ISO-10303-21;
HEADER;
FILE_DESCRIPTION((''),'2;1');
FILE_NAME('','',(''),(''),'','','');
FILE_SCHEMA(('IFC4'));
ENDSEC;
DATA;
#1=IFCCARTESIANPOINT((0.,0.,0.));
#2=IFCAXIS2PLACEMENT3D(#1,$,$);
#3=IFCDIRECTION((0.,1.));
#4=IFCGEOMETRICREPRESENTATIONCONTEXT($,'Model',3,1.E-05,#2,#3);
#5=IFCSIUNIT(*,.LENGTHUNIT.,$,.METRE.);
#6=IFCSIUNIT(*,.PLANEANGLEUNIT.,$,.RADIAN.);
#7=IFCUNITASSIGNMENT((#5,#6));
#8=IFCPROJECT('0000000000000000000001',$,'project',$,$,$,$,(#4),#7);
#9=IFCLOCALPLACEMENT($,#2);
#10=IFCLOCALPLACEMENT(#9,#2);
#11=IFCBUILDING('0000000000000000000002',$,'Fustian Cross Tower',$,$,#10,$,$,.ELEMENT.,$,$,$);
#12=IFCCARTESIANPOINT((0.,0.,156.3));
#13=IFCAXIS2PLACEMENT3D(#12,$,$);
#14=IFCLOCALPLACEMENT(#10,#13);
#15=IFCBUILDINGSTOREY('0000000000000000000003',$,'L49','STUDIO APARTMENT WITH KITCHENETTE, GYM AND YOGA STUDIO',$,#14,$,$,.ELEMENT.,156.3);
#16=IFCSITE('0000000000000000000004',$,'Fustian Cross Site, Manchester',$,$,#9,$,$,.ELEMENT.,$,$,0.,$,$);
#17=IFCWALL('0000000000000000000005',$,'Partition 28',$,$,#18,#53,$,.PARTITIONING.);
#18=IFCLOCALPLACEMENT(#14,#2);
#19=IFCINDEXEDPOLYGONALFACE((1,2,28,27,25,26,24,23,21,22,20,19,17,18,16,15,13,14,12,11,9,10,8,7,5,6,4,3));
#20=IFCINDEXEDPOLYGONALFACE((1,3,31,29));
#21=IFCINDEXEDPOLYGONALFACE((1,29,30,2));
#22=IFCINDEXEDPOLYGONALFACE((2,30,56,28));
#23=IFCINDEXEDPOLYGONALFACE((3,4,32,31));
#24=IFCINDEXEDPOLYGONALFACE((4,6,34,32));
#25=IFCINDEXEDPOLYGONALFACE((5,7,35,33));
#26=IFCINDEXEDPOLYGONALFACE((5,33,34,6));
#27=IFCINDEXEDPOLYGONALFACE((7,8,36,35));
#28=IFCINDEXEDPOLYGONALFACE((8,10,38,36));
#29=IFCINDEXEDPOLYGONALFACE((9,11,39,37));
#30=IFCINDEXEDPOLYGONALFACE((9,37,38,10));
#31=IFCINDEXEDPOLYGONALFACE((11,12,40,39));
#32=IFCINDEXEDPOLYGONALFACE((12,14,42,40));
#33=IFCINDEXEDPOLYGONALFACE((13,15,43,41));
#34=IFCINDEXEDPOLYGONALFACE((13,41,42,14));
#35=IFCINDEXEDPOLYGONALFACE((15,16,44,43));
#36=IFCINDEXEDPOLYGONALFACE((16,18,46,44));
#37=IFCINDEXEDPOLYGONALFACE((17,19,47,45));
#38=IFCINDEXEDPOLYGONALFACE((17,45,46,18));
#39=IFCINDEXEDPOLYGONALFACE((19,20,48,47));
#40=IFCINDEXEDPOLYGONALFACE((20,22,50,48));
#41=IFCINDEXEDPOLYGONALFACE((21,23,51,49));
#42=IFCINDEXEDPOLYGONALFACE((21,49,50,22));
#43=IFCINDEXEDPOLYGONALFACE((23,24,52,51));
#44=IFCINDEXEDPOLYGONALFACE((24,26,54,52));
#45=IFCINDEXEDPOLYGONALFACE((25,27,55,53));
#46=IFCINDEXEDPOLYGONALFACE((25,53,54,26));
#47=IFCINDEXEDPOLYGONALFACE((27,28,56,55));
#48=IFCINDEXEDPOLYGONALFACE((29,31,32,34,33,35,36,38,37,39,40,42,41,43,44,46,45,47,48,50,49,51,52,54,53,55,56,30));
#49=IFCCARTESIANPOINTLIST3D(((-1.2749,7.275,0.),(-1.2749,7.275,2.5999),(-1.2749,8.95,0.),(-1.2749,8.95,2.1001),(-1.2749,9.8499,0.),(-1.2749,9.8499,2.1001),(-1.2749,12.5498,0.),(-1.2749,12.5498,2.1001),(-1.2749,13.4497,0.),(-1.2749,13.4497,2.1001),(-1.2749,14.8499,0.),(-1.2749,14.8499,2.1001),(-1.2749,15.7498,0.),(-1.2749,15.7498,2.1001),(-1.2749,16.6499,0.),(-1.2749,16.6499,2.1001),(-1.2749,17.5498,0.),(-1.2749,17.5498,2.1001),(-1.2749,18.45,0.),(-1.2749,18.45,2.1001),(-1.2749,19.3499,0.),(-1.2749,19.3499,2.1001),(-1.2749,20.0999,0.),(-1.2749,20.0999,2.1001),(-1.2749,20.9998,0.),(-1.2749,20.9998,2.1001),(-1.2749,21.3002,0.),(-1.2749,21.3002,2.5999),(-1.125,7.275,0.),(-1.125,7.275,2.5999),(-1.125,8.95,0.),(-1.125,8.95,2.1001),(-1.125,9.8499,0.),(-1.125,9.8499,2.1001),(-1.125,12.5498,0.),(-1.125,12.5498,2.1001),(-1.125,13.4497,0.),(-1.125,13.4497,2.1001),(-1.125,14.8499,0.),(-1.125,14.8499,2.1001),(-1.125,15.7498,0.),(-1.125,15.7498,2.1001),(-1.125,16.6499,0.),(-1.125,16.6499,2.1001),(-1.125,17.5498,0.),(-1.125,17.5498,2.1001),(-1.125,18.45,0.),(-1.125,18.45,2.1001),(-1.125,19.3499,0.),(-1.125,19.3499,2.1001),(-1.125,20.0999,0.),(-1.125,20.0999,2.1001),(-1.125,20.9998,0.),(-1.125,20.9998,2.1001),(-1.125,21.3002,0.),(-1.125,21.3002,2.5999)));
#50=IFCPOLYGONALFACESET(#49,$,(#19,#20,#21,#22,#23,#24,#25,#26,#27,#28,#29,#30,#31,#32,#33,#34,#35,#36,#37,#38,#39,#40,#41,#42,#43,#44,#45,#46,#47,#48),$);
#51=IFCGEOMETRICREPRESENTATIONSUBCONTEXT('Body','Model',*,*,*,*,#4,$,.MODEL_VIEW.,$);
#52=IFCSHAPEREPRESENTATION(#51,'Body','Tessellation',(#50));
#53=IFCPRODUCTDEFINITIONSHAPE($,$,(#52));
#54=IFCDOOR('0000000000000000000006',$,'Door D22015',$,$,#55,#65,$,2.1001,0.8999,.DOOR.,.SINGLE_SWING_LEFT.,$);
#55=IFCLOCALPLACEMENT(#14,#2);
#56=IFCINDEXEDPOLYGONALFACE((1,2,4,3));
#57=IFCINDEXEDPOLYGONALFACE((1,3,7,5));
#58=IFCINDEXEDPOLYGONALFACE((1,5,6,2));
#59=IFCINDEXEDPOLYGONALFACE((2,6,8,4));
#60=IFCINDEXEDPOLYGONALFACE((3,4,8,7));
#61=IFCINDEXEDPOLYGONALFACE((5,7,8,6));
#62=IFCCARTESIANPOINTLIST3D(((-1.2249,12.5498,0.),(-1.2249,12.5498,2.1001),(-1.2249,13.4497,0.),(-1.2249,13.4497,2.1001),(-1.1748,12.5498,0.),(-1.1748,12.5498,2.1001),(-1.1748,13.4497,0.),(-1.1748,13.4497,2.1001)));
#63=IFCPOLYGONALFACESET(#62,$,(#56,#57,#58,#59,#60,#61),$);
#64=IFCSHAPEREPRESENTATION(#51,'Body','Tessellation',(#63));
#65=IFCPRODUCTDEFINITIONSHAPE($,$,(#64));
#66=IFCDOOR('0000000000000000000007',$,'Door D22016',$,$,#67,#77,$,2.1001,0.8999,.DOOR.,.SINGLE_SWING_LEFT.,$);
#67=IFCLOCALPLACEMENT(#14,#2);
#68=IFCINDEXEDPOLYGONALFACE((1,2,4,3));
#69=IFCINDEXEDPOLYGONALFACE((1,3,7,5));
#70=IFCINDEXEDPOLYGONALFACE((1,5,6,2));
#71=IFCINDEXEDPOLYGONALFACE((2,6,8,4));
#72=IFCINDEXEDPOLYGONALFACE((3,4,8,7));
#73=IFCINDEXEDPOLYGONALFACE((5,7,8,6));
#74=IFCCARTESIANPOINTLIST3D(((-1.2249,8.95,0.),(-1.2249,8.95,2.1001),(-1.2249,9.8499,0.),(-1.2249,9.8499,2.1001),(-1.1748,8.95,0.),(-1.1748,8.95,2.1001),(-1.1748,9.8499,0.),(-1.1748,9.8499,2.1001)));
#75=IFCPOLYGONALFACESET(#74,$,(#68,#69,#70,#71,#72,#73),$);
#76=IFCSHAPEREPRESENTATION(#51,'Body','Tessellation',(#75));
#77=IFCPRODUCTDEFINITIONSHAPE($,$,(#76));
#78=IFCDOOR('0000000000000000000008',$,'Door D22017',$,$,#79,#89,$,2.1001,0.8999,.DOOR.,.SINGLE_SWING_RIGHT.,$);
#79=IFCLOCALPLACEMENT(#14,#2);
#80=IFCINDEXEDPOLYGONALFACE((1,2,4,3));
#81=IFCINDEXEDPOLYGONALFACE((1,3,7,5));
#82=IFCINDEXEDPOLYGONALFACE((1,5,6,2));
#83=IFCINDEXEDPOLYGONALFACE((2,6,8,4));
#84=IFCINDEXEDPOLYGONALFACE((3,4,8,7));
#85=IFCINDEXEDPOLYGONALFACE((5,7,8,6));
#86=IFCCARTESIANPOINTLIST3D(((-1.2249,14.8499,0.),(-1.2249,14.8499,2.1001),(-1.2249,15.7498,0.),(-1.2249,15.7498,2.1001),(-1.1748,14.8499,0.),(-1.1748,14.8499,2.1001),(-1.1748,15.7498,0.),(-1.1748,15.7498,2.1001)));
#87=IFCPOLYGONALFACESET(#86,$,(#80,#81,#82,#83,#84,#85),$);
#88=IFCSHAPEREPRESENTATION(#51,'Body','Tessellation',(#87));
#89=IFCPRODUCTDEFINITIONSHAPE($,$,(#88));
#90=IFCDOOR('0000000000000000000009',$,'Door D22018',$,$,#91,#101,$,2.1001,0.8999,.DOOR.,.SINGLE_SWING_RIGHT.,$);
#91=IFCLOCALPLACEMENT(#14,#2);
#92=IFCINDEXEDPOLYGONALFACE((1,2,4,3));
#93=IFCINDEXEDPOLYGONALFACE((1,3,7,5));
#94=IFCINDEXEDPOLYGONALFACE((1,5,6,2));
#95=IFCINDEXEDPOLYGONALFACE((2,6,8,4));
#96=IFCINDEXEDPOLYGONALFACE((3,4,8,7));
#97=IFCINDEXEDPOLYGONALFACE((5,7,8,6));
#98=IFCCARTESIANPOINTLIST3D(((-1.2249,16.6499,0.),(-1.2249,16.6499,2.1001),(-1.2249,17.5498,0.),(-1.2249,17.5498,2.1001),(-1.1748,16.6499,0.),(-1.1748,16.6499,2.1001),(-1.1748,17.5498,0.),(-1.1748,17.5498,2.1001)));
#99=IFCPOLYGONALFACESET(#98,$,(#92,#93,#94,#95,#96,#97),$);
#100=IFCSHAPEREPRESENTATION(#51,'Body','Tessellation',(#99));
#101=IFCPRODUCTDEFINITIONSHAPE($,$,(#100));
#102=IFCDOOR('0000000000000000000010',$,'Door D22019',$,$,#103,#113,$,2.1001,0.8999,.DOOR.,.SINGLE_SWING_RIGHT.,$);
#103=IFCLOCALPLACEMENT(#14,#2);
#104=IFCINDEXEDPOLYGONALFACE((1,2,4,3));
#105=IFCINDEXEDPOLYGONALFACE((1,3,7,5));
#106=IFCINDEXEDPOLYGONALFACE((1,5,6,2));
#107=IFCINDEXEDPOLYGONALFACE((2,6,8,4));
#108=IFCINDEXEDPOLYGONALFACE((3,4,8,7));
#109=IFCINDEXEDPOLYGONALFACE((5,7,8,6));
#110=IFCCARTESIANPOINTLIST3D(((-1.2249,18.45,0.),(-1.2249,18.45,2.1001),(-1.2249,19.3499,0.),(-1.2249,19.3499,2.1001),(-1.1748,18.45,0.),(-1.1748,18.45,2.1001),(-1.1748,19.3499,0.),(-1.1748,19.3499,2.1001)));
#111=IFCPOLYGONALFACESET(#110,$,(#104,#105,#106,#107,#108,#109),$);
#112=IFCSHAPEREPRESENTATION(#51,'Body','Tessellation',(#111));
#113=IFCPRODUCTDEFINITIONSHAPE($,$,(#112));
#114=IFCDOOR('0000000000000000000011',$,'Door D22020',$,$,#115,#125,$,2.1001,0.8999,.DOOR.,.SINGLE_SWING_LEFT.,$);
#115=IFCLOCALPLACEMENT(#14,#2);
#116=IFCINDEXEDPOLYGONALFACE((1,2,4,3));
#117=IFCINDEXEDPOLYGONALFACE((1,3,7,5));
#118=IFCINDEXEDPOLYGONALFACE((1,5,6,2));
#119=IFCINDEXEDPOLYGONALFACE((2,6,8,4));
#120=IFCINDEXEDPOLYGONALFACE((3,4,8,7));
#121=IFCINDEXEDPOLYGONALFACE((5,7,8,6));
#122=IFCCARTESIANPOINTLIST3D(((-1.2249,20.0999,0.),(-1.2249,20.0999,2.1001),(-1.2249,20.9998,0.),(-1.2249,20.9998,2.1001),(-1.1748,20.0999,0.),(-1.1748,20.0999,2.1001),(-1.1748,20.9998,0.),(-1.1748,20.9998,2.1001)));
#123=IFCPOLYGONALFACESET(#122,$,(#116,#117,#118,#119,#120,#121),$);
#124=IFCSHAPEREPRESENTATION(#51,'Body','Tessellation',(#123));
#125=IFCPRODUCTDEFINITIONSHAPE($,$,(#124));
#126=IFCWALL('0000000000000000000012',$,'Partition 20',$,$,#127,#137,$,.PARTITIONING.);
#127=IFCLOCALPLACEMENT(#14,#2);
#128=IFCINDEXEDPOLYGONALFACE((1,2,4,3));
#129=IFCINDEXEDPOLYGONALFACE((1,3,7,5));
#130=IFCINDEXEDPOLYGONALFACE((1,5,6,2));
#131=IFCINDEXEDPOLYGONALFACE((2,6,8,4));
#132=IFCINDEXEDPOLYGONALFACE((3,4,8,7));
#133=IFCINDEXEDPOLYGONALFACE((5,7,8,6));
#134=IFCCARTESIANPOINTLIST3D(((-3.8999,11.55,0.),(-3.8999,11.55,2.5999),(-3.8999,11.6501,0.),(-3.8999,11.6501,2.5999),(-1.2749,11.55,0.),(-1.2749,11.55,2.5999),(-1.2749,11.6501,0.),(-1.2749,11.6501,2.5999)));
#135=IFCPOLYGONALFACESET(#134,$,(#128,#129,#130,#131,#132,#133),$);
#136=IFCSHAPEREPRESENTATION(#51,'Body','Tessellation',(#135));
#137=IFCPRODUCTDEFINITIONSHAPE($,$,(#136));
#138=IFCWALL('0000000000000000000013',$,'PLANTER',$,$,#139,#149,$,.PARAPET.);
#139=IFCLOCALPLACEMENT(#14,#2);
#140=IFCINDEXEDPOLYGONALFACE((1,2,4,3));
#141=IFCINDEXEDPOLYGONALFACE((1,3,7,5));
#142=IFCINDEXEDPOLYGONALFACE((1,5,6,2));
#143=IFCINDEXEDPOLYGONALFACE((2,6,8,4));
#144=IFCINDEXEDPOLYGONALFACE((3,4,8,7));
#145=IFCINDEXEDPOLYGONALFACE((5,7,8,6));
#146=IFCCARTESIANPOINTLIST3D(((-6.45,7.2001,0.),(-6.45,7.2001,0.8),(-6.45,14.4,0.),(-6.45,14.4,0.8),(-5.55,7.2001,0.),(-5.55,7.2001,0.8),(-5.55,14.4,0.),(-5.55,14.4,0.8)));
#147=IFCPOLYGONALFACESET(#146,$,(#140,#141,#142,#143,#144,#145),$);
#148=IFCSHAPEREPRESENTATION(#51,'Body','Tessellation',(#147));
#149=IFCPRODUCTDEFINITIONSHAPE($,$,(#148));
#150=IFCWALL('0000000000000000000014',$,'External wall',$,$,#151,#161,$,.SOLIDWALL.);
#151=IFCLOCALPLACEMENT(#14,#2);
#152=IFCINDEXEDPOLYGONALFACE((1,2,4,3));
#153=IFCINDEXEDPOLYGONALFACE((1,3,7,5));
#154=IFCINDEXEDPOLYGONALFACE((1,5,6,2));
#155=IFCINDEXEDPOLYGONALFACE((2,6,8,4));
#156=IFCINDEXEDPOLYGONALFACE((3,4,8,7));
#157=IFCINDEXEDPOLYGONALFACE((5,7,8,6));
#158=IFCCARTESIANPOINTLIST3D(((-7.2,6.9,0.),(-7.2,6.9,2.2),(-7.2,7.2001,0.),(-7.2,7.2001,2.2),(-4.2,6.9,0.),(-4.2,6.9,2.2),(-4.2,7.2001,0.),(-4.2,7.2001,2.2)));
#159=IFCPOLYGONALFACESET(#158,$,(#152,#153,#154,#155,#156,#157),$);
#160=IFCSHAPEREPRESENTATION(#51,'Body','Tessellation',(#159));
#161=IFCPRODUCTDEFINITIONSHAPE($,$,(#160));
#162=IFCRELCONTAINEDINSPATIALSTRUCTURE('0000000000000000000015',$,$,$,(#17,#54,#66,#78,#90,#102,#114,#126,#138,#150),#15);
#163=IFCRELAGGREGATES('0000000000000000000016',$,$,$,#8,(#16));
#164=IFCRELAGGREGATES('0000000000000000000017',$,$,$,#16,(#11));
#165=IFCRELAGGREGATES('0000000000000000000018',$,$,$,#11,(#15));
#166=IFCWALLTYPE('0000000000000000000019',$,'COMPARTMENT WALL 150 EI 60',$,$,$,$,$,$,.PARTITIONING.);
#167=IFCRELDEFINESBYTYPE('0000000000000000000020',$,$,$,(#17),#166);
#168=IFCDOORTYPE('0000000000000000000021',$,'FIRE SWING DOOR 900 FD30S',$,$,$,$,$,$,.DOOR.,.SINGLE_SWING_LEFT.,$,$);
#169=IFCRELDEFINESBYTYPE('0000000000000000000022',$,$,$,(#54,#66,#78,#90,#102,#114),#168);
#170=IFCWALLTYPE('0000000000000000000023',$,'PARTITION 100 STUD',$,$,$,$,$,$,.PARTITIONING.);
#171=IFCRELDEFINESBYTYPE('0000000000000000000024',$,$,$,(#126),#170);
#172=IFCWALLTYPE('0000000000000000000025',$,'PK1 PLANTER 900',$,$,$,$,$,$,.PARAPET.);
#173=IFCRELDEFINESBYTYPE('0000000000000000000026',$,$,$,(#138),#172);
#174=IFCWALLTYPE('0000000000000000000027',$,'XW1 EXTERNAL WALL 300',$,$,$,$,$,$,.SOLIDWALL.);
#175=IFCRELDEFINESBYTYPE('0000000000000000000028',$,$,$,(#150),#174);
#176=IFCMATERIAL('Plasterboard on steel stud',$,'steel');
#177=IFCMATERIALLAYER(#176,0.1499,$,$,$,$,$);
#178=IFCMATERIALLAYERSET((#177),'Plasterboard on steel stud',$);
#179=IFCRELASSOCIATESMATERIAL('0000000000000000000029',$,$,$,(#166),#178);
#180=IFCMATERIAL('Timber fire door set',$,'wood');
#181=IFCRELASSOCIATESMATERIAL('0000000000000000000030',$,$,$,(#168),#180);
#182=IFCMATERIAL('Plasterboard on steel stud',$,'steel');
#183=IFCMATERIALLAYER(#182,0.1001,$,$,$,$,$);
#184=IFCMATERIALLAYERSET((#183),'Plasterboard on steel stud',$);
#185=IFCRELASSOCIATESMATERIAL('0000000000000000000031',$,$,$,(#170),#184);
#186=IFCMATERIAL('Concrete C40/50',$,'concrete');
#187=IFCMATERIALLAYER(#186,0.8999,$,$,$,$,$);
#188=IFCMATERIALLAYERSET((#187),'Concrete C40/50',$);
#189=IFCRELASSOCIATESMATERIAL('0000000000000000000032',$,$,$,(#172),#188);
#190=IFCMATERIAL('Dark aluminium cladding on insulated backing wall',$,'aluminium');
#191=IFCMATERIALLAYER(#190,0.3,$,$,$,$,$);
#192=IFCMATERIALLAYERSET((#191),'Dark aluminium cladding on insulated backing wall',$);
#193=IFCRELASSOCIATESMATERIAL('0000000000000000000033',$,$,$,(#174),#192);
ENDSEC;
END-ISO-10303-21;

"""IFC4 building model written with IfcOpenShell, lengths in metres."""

from ifc_helpers import new_model, si_unit, direction, frame, frame_2d, origin, place, context, subcontext, project, spatial, rectangle, extrude, material, layer, layer_set, type_object, element, fill, save


model = new_model("IFC4")

# Units and contexts
model_context = context("Model", 3, precision=1e-05, world=origin(), true_north=direction((0.0, 1.0)))
body_context = subcontext(model_context, "Body", "Model", "MODEL_VIEW")
ifc_project = project(units=[si_unit("LENGTHUNIT", "METRE"), si_unit("PLANEANGLEUNIT", "RADIAN")], contexts=[model_context])

# Site, building, storey
site_placement = place(None, origin())
site = spatial("IfcSite", under=ifc_project, at=site_placement, Name="Fustian Cross Site, Manchester", CompositionType="ELEMENT", RefElevation=0.0)
building_placement = place(site_placement, origin())
building = spatial("IfcBuilding", under=site, at=building_placement, Name="Fustian Cross Tower", CompositionType="ELEMENT")
storey_placement = place(building_placement, frame((0.0, 0.0, 156.3)))
storey = spatial("IfcBuildingStorey", under=building, at=storey_placement, Name="L49", Description="STUDIO APARTMENT WITH KITCHENETTE, GYM AND YOGA STUDIO", CompositionType="ELEMENT", Elevation=156.3)

# Shared definitions
ifc_material_1 = material(Name="Plasterboard on steel stud", Category="steel")
ifc_layer_1 = layer(ifc_material_1, 0.1499)
ifc_layer_set_1 = layer_set([ifc_layer_1], Name="Plasterboard on steel stud")
wall_type_1 = type_object("IfcWallType", Name="COMPARTMENT WALL 150 EI 60", PredefinedType="PARTITIONING", material=ifc_layer_set_1)

# Wall, openings, doors
wall_1_placement = place(storey_placement, frame((-1.2, 7.2749, 0.0), z_axis=(0.0, 0.0, 1.0), x_axis=(0.0, 1.0, 0.0)))
wall_1 = element("IfcWall", 1, at=wall_1_placement, inside=storey, type_object=wall_type_1, Name="Partition 28", PredefinedType="PARTITIONING", context=body_context, shape_type="SweptSolid", body=[
    extrude(rectangle(XDim=14.0251, YDim=0.1499, at=frame_2d((7.0127, 0.0))), origin(), (0.0, 0.0, 1.0), 2.5999),
])
opening_1_placement = place(wall_1_placement, frame((5.2749, 0.0, 0.0)))
opening_1 = element("IfcOpeningElement", 2, at=opening_1_placement, cuts=wall_1, PredefinedType="OPENING", context=body_context, shape_type="SweptSolid", body=[
    extrude(rectangle(XDim=0.8999, YDim=2.1001, at=frame_2d((0.45, 1.05))), frame((0.0, 0.085, 0.0), z_axis=(0.0, -1.0, 0.0), x_axis=(1.0, 0.0, 0.0)), (0.0, 0.0, 1.0), 0.1699),
])
opening_2_placement = place(wall_1_placement, frame((1.675, 0.0, 0.0)))
opening_2 = element("IfcOpeningElement", 3, at=opening_2_placement, cuts=wall_1, PredefinedType="OPENING", context=body_context, shape_type="SweptSolid", body=[
    extrude(rectangle(XDim=0.8999, YDim=2.1001, at=frame_2d((0.45, 1.05))), frame((0.0, 0.085, 0.0), z_axis=(0.0, -1.0, 0.0), x_axis=(1.0, 0.0, 0.0)), (0.0, 0.0, 1.0), 0.1699),
])
opening_3_placement = place(wall_1_placement, frame((7.575, 0.0, 0.0)))
opening_3 = element("IfcOpeningElement", 4, at=opening_3_placement, cuts=wall_1, PredefinedType="OPENING", context=body_context, shape_type="SweptSolid", body=[
    extrude(rectangle(XDim=0.8999, YDim=2.1001, at=frame_2d((0.45, 1.05))), frame((0.0, 0.085, 0.0), z_axis=(0.0, -1.0, 0.0), x_axis=(1.0, 0.0, 0.0)), (0.0, 0.0, 1.0), 0.1699),
])
opening_4_placement = place(wall_1_placement, frame((9.375, 0.0, 0.0)))
opening_4 = element("IfcOpeningElement", 5, at=opening_4_placement, cuts=wall_1, PredefinedType="OPENING", context=body_context, shape_type="SweptSolid", body=[
    extrude(rectangle(XDim=0.8999, YDim=2.1001, at=frame_2d((0.45, 1.05))), frame((0.0, 0.085, 0.0), z_axis=(0.0, -1.0, 0.0), x_axis=(1.0, 0.0, 0.0)), (0.0, 0.0, 1.0), 0.1699),
])
opening_5_placement = place(wall_1_placement, frame((11.175, 0.0, 0.0)))
opening_5 = element("IfcOpeningElement", 6, at=opening_5_placement, cuts=wall_1, PredefinedType="OPENING", context=body_context, shape_type="SweptSolid", body=[
    extrude(rectangle(XDim=0.8999, YDim=2.1001, at=frame_2d((0.45, 1.05))), frame((0.0, 0.085, 0.0), z_axis=(0.0, -1.0, 0.0), x_axis=(1.0, 0.0, 0.0)), (0.0, 0.0, 1.0), 0.1699),
])
opening_6_placement = place(wall_1_placement, frame((12.825, 0.0, 0.0)))
opening_6 = element("IfcOpeningElement", 7, at=opening_6_placement, cuts=wall_1, PredefinedType="OPENING", context=body_context, shape_type="SweptSolid", body=[
    extrude(rectangle(XDim=0.8999, YDim=2.1001, at=frame_2d((0.45, 1.05))), frame((0.0, 0.085, 0.0), z_axis=(0.0, -1.0, 0.0), x_axis=(1.0, 0.0, 0.0)), (0.0, 0.0, 1.0), 0.1699),
])
ifc_material_2 = material(Name="Timber fire door set", Category="wood")
door_type = type_object("IfcDoorType", Name="FIRE SWING DOOR 900 FD30S", OperationType="SINGLE_SWING_LEFT", PredefinedType="DOOR", material=ifc_material_2)
door_1_placement = place(opening_1_placement, origin())
door_1 = element("IfcDoor", 8, at=door_1_placement, inside=storey, type_object=door_type, Name="Door D22015", OperationType="SINGLE_SWING_LEFT", OverallHeight=2.1001, OverallWidth=0.8999, PredefinedType="DOOR", context=body_context, shape_type="SweptSolid", body=[
    extrude(rectangle(XDim=0.8999, YDim=2.1001, at=frame_2d((0.45, 1.05))), frame((0.0, 0.0249, 0.0), z_axis=(0.0, -1.0, 0.0), x_axis=(1.0, 0.0, 0.0)), (0.0, 0.0, 1.0), 0.05),
])
fill(opening_1, door_1)
door_2_placement = place(opening_2_placement, origin())
door_2 = element("IfcDoor", 9, at=door_2_placement, inside=storey, type_object=door_type, Name="Door D22016", OperationType="SINGLE_SWING_LEFT", OverallHeight=2.1001, OverallWidth=0.8999, PredefinedType="DOOR", context=body_context, shape_type="SweptSolid", body=[
    extrude(rectangle(XDim=0.8999, YDim=2.1001, at=frame_2d((0.45, 1.05))), frame((0.0, 0.0249, 0.0), z_axis=(0.0, -1.0, 0.0), x_axis=(1.0, 0.0, 0.0)), (0.0, 0.0, 1.0), 0.05),
])
fill(opening_2, door_2)
door_3_placement = place(opening_3_placement, origin())
door_3 = element("IfcDoor", 10, at=door_3_placement, inside=storey, type_object=door_type, Name="Door D22017", OperationType="SINGLE_SWING_RIGHT", OverallHeight=2.1001, OverallWidth=0.8999, PredefinedType="DOOR", context=body_context, shape_type="SweptSolid", body=[
    extrude(rectangle(XDim=0.8999, YDim=2.1001, at=frame_2d((0.45, 1.05))), frame((0.0, 0.0249, 0.0), z_axis=(0.0, -1.0, 0.0), x_axis=(1.0, 0.0, 0.0)), (0.0, 0.0, 1.0), 0.05),
])
fill(opening_3, door_3)
door_4_placement = place(opening_4_placement, origin())
door_4 = element("IfcDoor", 11, at=door_4_placement, inside=storey, type_object=door_type, Name="Door D22018", OperationType="SINGLE_SWING_RIGHT", OverallHeight=2.1001, OverallWidth=0.8999, PredefinedType="DOOR", context=body_context, shape_type="SweptSolid", body=[
    extrude(rectangle(XDim=0.8999, YDim=2.1001, at=frame_2d((0.45, 1.05))), frame((0.0, 0.0249, 0.0), z_axis=(0.0, -1.0, 0.0), x_axis=(1.0, 0.0, 0.0)), (0.0, 0.0, 1.0), 0.05),
])
fill(opening_4, door_4)
door_5_placement = place(opening_5_placement, origin())
door_5 = element("IfcDoor", 12, at=door_5_placement, inside=storey, type_object=door_type, Name="Door D22019", OperationType="SINGLE_SWING_RIGHT", OverallHeight=2.1001, OverallWidth=0.8999, PredefinedType="DOOR", context=body_context, shape_type="SweptSolid", body=[
    extrude(rectangle(XDim=0.8999, YDim=2.1001, at=frame_2d((0.45, 1.05))), frame((0.0, 0.0249, 0.0), z_axis=(0.0, -1.0, 0.0), x_axis=(1.0, 0.0, 0.0)), (0.0, 0.0, 1.0), 0.05),
])
fill(opening_5, door_5)
door_6_placement = place(opening_6_placement, origin())
door_6 = element("IfcDoor", 13, at=door_6_placement, inside=storey, type_object=door_type, Name="Door D22020", OperationType="SINGLE_SWING_LEFT", OverallHeight=2.1001, OverallWidth=0.8999, PredefinedType="DOOR", context=body_context, shape_type="SweptSolid", body=[
    extrude(rectangle(XDim=0.8999, YDim=2.1001, at=frame_2d((0.45, 1.05))), frame((0.0, 0.0249, 0.0), z_axis=(0.0, -1.0, 0.0), x_axis=(1.0, 0.0, 0.0)), (0.0, 0.0, 1.0), 0.05),
])
fill(opening_6, door_6)

# Walls
ifc_material_3 = material(Name="Plasterboard on steel stud", Category="steel")
ifc_layer_2 = layer(ifc_material_3, 0.1001)
ifc_layer_set_2 = layer_set([ifc_layer_2], Name="Plasterboard on steel stud")
wall_type_2 = type_object("IfcWallType", Name="PARTITION 100 STUD", PredefinedType="PARTITIONING", material=ifc_layer_set_2)
wall_2_placement = place(storey_placement, frame((-3.8999, 11.6001, 0.0), z_axis=(0.0, 0.0, 1.0), x_axis=(1.0, 0.0, 0.0)))
element("IfcWall", 14, at=wall_2_placement, inside=storey, type_object=wall_type_2, Name="Partition 20", PredefinedType="PARTITIONING", context=body_context, shape_type="SweptSolid", body=[
    extrude(rectangle(XDim=2.625, YDim=0.1001, at=frame_2d((1.3125, 0.0))), origin(), (0.0, 0.0, 1.0), 2.5999),
])
ifc_material_4 = material(Name="Concrete C40/50", Category="concrete")
ifc_layer_3 = layer(ifc_material_4, 0.8999)
ifc_layer_set_3 = layer_set([ifc_layer_3], Name="Concrete C40/50")
wall_type_3 = type_object("IfcWallType", Name="PK1 PLANTER 900", PredefinedType="PARAPET", material=ifc_layer_set_3)
wall_3_placement = place(storey_placement, frame((-6.0, 7.2, 0.0), z_axis=(0.0, 0.0, 1.0), x_axis=(0.0, 1.0, 0.0)))
element("IfcWall", 15, at=wall_3_placement, inside=storey, type_object=wall_type_3, Name="PLANTER", PredefinedType="PARAPET", context=body_context, shape_type="SweptSolid", body=[
    extrude(rectangle(XDim=7.2, YDim=0.8999, at=frame_2d((3.6001, 0.0))), origin(), (0.0, 0.0, 1.0), 0.8),
])
ifc_material_5 = material(Name="Dark aluminium cladding on insulated backing wall", Category="aluminium")
ifc_layer_4 = layer(ifc_material_5, 0.3)
ifc_layer_set_4 = layer_set([ifc_layer_4], Name="Dark aluminium cladding on insulated backing wall")
wall_type_4 = type_object("IfcWallType", Name="XW1 EXTERNAL WALL 300", PredefinedType="SOLIDWALL", material=ifc_layer_set_4)
wall_4_placement = place(storey_placement, frame((-4.2, 7.05, 0.0), z_axis=(0.0, 0.0, 1.0), x_axis=(-1.0, 0.0, 0.0)))
element("IfcWall", 16, at=wall_4_placement, inside=storey, type_object=wall_type_4, Name="External wall", PredefinedType="SOLIDWALL", context=body_context, shape_type="SweptSolid", body=[
    extrude(rectangle(XDim=3.0, YDim=0.3, at=frame_2d((1.5, 0.0))), origin(), (0.0, 0.0, 1.0), 2.2),
])

save(model, "model.ifc")
